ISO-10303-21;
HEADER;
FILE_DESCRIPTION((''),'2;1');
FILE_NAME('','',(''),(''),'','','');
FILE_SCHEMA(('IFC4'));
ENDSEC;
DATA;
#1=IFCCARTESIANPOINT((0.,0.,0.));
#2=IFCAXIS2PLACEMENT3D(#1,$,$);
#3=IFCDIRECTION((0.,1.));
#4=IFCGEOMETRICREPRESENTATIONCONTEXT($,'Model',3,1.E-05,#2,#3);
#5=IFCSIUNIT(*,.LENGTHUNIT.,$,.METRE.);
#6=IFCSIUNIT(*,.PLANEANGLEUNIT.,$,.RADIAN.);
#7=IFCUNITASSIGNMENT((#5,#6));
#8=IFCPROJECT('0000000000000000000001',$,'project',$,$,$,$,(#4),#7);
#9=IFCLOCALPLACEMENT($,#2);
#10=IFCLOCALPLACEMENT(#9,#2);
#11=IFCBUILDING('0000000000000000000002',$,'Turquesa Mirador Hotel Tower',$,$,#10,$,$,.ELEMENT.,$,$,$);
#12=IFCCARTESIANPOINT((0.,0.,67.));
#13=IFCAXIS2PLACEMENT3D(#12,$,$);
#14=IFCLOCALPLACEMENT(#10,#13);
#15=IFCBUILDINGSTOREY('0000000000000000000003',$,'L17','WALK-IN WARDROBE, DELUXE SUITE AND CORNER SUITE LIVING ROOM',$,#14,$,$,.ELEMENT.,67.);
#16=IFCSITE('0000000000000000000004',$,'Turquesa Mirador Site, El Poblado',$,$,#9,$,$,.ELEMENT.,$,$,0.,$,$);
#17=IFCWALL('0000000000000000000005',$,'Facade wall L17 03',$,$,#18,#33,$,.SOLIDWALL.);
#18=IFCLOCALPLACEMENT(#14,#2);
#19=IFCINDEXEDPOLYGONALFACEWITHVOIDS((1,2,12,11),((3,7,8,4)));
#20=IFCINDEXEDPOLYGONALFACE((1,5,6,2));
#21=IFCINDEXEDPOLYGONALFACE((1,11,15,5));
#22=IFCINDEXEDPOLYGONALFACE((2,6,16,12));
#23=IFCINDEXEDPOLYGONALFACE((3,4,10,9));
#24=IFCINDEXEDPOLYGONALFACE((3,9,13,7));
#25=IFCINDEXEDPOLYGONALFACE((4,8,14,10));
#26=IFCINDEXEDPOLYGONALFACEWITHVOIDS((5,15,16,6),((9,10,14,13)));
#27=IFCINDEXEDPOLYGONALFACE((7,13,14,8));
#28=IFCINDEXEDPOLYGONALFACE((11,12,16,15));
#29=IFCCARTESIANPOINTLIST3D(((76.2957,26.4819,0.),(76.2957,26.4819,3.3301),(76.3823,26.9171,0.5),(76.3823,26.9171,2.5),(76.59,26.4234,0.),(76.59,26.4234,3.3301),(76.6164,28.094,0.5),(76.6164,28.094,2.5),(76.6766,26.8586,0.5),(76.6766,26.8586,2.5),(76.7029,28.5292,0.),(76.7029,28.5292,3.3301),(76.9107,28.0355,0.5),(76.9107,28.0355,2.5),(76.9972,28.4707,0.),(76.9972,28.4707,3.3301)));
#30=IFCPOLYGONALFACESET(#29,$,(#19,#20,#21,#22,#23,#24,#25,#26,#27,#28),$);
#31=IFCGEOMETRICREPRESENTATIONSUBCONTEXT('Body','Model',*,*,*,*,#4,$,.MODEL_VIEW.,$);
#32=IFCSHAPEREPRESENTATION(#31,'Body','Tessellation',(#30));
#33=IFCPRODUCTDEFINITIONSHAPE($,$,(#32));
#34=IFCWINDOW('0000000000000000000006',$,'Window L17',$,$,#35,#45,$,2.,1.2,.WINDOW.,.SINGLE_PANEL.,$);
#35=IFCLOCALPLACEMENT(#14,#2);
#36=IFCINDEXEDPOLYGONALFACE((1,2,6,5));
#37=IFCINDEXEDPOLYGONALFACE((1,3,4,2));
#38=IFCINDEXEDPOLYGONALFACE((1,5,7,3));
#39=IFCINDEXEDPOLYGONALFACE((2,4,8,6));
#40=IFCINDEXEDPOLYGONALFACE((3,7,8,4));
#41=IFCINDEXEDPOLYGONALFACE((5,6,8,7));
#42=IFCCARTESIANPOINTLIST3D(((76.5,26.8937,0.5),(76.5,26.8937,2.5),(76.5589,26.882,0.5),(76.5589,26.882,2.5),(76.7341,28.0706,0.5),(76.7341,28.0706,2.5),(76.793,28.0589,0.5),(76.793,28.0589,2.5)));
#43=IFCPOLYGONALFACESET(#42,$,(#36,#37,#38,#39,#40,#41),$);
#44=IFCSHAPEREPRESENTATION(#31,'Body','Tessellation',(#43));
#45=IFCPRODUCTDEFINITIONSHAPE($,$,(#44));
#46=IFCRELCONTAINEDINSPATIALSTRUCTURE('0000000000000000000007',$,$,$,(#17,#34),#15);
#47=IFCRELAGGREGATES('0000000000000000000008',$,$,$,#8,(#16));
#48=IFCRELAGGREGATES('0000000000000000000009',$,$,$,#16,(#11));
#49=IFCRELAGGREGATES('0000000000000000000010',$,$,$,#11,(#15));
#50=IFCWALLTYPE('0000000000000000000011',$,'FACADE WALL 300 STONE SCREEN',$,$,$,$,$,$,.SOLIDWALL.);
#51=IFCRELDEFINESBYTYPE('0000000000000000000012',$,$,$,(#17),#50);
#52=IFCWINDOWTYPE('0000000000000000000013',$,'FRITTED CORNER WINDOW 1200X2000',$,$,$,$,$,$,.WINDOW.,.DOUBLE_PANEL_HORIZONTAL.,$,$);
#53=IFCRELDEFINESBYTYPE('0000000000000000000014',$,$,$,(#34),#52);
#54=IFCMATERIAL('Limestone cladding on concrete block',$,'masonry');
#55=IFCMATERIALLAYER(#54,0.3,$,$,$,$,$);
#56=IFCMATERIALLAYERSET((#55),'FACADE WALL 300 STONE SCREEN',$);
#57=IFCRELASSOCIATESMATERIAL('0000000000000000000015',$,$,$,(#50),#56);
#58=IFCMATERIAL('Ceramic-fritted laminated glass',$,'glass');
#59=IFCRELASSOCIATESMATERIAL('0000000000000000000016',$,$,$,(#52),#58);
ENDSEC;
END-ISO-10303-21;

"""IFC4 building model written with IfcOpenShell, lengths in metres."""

from ifc_helpers import new_model, si_unit, direction, frame, frame_2d, origin, place, context, subcontext, project, spatial, rectangle, extrude, material, layer, layer_set, type_object, element, fill, save


model = new_model("IFC4")

# Units and contexts
model_context = context("Model", 3, precision=1e-05, world=origin(), true_north=direction((0.0, 1.0)))
body_context = subcontext(model_context, "Body", "Model", "MODEL_VIEW")
ifc_project = project(units=[si_unit("LENGTHUNIT", "METRE"), si_unit("PLANEANGLEUNIT", "RADIAN")], contexts=[model_context])

# Site, building, storey
site_placement = place(None, origin())
site = spatial("IfcSite", under=ifc_project, at=site_placement, Name="Turquesa Mirador Site, El Poblado", CompositionType="ELEMENT", RefElevation=0.0)
building_placement = place(site_placement, origin())
building = spatial("IfcBuilding", under=site, at=building_placement, Name="Turquesa Mirador Hotel Tower", CompositionType="ELEMENT")
storey_placement = place(building_placement, frame((0.0, 0.0, 67.0)))
storey = spatial("IfcBuildingStorey", under=building, at=storey_placement, Name="L17", Description="WALK-IN WARDROBE, DELUXE SUITE AND CORNER SUITE LIVING ROOM", CompositionType="ELEMENT", Elevation=67.0)

# Wall, opening, window
ifc_material_1 = material(Name="Limestone cladding on concrete block", Category="masonry")
ifc_layer_1 = layer(ifc_material_1, 0.3)
ifc_layer_set_1 = layer_set([ifc_layer_1], Name="FACADE WALL 300 STONE SCREEN")
wall_type_1 = type_object("IfcWallType", Name="FACADE WALL 300 STONE SCREEN", PredefinedType="SOLIDWALL", material=ifc_layer_set_1)
ifc_material_2 = material(Name="Ceramic-fritted laminated glass", Category="glass")
window_type_1 = type_object("IfcWindowType", Name="FRITTED CORNER WINDOW 1200X2000", PartitioningType="DOUBLE_PANEL_HORIZONTAL", PredefinedType="WINDOW", material=ifc_material_2)
wall_1_placement = place(storey_placement, frame((76.4429, 26.4526, 0.0), z_axis=(0.0, 0.0, 1.0), x_axis=(0.195081, 0.980787, 0.0)))
wall_1 = element("IfcWall", 1, at=wall_1_placement, inside=storey, type_object=wall_type_1, Name="Facade wall L17 03", PredefinedType="SOLIDWALL", context=body_context, shape_type="SweptSolid", body=[
    extrude(rectangle(XDim=2.0874, YDim=0.3, at=frame_2d((1.0437, 0.0))), origin(), (0.0, 0.0, 1.0), 3.3301),
])
opening_1_placement = place(wall_1_placement, frame((0.4436, 0.0, 0.5)))
opening_1 = element("IfcOpeningElement", 2, at=opening_1_placement, cuts=wall_1, PredefinedType="OPENING", context=body_context, shape_type="SweptSolid", body=[
    extrude(rectangle(XDim=1.2, YDim=2.0, at=frame_2d((0.6001, 1.0))), frame((0.0, 0.1599, 0.0), z_axis=(0.0, -1.0, 0.0), x_axis=(1.0, 0.0, 0.0)), (0.0, 0.0, 1.0), 0.3201),
])
window_1_placement = place(opening_1_placement, origin())
window_1 = element("IfcWindow", 3, at=window_1_placement, inside=storey, type_object=window_type_1, Name="Window L17", OverallHeight=2.0, OverallWidth=1.2, PartitioningType="SINGLE_PANEL", PredefinedType="WINDOW", context=body_context, shape_type="SweptSolid", body=[
    extrude(rectangle(XDim=1.2, YDim=2.0, at=frame_2d((0.6001, 1.0))), frame((0.0, 0.03, 0.0), z_axis=(0.0, -1.0, 0.0), x_axis=(1.0, 0.0, 0.0)), (0.0, 0.0, 1.0), 0.0601),
])
fill(opening_1, window_1)

save(model, "model.ifc")
